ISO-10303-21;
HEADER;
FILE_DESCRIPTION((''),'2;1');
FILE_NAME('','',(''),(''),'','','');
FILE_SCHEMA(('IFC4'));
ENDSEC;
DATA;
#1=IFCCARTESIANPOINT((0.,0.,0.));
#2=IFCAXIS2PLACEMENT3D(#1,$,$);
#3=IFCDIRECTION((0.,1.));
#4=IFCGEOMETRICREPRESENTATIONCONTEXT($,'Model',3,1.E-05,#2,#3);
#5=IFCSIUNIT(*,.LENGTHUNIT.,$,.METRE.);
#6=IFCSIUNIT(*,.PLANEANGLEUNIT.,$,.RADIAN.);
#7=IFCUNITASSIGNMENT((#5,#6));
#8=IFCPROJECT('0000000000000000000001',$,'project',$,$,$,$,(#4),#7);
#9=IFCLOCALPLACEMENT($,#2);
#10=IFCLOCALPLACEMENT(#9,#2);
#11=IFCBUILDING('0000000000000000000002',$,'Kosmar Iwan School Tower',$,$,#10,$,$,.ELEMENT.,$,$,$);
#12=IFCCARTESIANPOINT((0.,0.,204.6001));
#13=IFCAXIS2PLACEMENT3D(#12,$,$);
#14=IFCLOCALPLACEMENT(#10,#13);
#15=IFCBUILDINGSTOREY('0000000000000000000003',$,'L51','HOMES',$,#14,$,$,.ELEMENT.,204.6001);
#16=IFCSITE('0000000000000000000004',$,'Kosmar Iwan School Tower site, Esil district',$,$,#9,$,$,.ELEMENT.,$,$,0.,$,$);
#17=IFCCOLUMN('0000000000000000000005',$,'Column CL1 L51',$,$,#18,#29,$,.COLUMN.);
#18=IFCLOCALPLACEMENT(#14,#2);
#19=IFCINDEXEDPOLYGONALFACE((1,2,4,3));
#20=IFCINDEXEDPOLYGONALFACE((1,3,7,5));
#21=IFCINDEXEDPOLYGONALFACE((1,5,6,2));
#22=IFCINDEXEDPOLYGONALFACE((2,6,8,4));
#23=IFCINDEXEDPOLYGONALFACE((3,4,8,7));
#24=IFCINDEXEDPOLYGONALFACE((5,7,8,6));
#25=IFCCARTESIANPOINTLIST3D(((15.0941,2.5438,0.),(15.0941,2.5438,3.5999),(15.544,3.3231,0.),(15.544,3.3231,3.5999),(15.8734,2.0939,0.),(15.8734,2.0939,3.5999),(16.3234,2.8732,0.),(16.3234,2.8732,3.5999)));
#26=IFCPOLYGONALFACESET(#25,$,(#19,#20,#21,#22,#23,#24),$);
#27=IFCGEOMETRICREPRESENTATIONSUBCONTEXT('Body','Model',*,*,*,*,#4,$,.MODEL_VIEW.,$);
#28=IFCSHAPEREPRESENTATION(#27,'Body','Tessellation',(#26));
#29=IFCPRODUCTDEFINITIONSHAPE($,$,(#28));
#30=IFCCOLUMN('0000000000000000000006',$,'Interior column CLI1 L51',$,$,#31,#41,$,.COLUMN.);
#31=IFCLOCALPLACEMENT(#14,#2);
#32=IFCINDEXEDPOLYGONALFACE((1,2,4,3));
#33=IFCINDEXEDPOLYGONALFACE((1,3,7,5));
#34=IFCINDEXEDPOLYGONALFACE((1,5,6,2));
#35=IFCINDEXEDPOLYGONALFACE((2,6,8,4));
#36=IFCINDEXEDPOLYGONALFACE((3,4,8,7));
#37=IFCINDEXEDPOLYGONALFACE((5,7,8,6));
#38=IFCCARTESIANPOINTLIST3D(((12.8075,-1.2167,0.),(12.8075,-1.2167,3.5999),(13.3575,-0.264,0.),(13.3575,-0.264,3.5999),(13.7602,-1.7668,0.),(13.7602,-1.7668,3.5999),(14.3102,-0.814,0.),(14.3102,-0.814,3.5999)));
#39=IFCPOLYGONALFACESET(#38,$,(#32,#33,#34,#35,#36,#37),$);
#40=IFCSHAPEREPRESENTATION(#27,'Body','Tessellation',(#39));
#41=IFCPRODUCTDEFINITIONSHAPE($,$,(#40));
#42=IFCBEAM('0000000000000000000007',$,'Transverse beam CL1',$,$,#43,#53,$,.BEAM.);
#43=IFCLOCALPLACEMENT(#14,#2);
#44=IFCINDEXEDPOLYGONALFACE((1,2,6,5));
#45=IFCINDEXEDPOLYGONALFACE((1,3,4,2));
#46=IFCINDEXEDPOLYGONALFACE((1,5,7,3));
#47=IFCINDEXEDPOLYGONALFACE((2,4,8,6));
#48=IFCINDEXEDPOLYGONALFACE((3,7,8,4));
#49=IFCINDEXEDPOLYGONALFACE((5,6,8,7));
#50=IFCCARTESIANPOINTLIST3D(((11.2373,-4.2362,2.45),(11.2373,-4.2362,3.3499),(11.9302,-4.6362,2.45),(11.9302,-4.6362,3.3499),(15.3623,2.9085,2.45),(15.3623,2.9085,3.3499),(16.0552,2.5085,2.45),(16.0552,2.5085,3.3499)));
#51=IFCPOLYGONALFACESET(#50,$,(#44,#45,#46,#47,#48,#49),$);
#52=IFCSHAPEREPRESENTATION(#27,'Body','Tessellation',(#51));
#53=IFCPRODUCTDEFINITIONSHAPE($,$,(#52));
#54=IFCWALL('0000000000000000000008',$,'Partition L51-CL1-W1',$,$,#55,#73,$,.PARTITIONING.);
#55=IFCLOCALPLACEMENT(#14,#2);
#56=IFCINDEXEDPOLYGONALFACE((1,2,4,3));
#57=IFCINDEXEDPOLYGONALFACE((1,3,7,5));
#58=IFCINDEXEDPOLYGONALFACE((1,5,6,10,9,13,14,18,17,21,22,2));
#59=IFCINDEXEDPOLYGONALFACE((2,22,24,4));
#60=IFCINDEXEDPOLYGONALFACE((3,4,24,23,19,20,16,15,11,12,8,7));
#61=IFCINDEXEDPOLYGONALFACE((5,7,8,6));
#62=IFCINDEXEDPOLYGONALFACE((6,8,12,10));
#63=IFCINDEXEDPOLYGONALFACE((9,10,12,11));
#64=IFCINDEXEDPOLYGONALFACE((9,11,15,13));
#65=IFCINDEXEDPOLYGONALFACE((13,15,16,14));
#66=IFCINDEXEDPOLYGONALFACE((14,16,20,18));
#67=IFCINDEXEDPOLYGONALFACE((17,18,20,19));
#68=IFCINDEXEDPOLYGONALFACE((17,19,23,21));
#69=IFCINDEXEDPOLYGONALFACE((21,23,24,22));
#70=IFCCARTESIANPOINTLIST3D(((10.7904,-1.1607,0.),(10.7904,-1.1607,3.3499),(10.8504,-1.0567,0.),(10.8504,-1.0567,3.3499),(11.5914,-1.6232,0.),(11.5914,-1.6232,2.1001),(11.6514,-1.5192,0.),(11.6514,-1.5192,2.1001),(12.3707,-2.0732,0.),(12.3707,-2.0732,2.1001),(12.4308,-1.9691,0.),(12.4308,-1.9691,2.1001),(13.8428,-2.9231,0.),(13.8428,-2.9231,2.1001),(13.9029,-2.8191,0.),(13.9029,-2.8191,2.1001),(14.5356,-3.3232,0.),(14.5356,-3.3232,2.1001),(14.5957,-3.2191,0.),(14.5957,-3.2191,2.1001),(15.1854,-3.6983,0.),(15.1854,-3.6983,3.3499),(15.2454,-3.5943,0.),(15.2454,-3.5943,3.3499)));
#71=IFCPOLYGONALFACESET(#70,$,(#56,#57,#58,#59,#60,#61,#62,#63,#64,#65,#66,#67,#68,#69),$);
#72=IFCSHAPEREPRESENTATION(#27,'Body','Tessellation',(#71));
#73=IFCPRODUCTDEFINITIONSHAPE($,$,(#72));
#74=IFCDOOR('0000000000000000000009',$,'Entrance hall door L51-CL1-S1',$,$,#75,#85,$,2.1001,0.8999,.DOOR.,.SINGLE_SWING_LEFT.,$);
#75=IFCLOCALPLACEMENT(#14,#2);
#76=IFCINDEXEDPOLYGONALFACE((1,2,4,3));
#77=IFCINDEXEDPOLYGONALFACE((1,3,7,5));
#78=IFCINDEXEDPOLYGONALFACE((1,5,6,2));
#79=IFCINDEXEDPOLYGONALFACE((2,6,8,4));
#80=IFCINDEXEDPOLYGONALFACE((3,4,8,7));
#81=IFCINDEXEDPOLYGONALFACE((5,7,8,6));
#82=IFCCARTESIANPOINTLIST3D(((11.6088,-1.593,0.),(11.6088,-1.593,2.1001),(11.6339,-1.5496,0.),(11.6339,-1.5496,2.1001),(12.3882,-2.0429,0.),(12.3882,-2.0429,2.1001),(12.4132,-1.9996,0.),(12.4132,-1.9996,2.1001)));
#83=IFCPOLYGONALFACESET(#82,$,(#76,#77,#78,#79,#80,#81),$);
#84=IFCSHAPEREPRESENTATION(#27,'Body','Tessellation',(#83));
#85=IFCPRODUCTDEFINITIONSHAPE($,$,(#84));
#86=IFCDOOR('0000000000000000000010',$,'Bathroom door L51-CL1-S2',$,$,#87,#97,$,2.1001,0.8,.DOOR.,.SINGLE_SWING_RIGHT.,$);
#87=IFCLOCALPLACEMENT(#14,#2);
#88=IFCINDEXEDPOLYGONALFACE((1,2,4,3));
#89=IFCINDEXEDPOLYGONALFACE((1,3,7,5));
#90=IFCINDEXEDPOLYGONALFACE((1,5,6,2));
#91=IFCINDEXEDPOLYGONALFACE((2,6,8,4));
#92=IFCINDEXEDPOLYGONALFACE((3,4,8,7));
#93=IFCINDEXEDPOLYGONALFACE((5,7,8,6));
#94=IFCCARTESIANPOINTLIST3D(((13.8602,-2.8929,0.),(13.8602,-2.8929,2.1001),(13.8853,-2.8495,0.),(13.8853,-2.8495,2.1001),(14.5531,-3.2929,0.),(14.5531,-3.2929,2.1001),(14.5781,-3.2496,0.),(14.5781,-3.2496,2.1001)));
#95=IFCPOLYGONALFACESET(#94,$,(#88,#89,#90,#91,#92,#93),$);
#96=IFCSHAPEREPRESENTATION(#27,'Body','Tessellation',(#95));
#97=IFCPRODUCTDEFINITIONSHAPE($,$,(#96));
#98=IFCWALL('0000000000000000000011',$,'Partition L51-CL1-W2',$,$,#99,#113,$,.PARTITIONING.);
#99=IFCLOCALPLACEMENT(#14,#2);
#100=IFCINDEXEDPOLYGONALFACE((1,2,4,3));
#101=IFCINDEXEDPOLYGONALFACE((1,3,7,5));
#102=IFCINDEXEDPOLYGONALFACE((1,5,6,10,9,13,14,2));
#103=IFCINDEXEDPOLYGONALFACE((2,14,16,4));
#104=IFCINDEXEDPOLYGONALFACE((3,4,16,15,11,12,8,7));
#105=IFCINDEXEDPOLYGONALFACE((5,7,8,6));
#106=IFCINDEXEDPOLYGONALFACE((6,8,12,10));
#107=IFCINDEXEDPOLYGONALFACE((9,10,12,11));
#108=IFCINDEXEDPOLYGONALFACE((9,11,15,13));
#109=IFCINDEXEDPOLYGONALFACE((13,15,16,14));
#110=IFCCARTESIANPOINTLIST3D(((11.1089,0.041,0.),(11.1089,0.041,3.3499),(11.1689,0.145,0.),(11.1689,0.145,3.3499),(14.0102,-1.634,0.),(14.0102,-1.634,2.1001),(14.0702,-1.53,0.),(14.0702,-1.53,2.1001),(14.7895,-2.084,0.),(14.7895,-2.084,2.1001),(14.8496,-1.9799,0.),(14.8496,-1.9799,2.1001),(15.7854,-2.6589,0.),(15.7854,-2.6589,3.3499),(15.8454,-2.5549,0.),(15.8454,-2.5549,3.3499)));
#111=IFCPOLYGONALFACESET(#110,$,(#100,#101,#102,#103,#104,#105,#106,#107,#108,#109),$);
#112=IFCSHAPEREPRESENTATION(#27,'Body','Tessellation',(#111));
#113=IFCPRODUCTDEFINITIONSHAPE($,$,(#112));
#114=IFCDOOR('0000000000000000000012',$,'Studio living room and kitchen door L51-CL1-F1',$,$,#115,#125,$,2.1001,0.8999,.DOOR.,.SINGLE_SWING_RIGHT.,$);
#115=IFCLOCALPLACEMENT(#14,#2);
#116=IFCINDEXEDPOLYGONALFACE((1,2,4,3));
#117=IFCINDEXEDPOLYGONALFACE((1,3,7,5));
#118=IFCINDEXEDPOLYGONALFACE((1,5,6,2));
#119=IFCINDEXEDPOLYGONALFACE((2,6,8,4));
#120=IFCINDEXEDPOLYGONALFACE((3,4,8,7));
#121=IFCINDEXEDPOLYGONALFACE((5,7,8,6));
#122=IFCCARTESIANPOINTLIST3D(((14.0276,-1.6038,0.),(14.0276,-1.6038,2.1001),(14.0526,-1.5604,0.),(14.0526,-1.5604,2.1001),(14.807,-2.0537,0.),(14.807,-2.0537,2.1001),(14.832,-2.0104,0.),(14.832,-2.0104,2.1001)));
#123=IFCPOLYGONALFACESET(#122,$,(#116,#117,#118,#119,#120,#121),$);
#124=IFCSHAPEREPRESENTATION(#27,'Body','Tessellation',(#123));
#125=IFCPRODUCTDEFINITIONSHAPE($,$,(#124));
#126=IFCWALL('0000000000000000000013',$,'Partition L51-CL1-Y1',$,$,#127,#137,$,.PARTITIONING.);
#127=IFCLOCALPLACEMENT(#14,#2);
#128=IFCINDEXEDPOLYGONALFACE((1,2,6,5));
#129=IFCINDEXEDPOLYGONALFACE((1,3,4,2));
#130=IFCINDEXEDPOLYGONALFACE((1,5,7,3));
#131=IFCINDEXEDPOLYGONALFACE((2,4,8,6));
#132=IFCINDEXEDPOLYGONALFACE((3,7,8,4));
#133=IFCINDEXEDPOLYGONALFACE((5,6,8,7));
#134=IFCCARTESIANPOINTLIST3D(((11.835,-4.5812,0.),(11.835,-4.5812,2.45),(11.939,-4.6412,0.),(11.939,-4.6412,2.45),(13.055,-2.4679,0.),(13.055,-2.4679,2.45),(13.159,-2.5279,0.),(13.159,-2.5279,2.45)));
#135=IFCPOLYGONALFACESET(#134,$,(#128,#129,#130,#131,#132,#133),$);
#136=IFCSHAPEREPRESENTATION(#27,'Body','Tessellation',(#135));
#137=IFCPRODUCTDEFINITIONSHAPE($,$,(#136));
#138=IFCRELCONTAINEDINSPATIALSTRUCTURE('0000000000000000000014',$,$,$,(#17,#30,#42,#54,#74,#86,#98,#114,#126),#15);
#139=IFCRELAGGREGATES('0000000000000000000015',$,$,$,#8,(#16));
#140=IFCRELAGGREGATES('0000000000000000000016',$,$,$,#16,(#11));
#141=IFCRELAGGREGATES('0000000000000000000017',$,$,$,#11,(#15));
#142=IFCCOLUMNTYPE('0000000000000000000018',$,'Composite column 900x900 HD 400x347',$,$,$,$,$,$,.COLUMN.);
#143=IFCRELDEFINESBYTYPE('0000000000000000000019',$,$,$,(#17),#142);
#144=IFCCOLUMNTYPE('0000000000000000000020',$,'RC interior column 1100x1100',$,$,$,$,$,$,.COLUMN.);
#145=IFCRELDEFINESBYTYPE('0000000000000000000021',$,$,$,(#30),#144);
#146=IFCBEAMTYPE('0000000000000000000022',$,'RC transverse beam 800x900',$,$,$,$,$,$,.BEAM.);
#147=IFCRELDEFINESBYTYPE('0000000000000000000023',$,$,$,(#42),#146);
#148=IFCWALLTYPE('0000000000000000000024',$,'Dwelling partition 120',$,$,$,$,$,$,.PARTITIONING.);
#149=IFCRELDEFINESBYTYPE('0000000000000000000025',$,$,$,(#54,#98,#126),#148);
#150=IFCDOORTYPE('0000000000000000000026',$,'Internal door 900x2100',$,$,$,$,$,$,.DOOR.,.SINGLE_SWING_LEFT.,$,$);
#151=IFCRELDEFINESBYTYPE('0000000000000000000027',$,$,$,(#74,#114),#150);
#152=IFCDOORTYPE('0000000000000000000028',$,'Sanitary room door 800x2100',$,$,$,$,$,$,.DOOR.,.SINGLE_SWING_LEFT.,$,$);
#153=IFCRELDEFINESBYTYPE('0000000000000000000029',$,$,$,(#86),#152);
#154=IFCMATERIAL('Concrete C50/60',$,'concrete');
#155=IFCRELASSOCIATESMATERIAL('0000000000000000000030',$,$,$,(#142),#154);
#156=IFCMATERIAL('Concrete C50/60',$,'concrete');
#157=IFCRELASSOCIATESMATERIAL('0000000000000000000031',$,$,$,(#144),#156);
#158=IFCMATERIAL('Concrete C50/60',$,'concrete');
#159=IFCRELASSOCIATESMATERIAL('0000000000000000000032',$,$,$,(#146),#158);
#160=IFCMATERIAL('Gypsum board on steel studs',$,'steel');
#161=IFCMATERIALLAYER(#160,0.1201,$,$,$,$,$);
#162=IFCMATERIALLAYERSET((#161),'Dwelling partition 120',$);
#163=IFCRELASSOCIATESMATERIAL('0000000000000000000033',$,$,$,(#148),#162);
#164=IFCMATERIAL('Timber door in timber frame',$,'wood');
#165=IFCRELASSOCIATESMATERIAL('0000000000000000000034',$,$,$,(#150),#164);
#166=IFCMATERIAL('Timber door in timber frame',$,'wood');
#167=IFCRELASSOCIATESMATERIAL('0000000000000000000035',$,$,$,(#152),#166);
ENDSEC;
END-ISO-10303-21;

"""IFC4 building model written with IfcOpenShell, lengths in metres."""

from ifc_helpers import new_model, si_unit, direction, frame, frame_2d, origin, origin_2d, place, context, subcontext, project, spatial, rectangle, extrude, material, layer, layer_set, material_profile, profile_set, type_object, element, fill, save


model = new_model("IFC4")

# Units and contexts
model_context = context("Model", 3, precision=1e-05, world=origin(), true_north=direction((0.0, 1.0)))
body_context = subcontext(model_context, "Body", "Model", "MODEL_VIEW")
ifc_project = project(units=[si_unit("LENGTHUNIT", "METRE"), si_unit("PLANEANGLEUNIT", "RADIAN")], contexts=[model_context])

# Site, building, storey
site_placement = place(None, origin())
site = spatial("IfcSite", under=ifc_project, at=site_placement, Name="Kosmar Iwan School Tower site, Esil district", CompositionType="ELEMENT", RefElevation=0.0)
building_placement = place(site_placement, origin())
building = spatial("IfcBuilding", under=site, at=building_placement, Name="Kosmar Iwan School Tower", CompositionType="ELEMENT")
storey_placement = place(building_placement, frame((0.0, 0.0, 204.6001)))
storey = spatial("IfcBuildingStorey", under=building, at=storey_placement, Name="L51", Description="HOMES", CompositionType="ELEMENT", Elevation=204.6001)

# Columns
ifc_material_1 = material(Name="Concrete C50/60", Category="concrete")
ifc_material_profile_1 = material_profile(ifc_material_1, rectangle(XDim=0.8999, YDim=0.8999, at=origin_2d()), Name="RC 900x900 + HD 400x347")
ifc_profile_set_1 = profile_set([ifc_material_profile_1], Name="Concrete C50/60")
column_type_1 = type_object("IfcColumnType", Name="Composite column 900x900 HD 400x347", PredefinedType="COLUMN", material=ifc_profile_set_1)
column_1_placement = place(storey_placement, frame((15.7087, 2.7085, 0.0), z_axis=(0.0, 0.0, 1.0), x_axis=(0.866025, -0.5, 0.0)))
element("IfcColumn", 1, at=column_1_placement, inside=storey, type_object=column_type_1, Name="Column CL1 L51", PredefinedType="COLUMN", context=body_context, shape_type="SweptSolid", body=[
    extrude(rectangle(XDim=0.8999, YDim=0.8999, at=origin_2d()), origin(), (0.0, 0.0, 1.0), 3.5999),
])
ifc_material_2 = material(Name="Concrete C50/60", Category="concrete")
ifc_material_profile_2 = material_profile(ifc_material_2, rectangle(XDim=1.1001, YDim=1.1001, at=origin_2d()), Name="RC 1100x1100")
ifc_profile_set_2 = profile_set([ifc_material_profile_2], Name="Concrete C50/60")
column_type_2 = type_object("IfcColumnType", Name="RC interior column 1100x1100", PredefinedType="COLUMN", material=ifc_profile_set_2)
column_2_placement = place(storey_placement, frame((13.5588, -1.0154, 0.0), z_axis=(0.0, 0.0, 1.0), x_axis=(0.866025, -0.5, 0.0)))
element("IfcColumn", 2, at=column_2_placement, inside=storey, type_object=column_type_2, Name="Interior column CLI1 L51", PredefinedType="COLUMN", context=body_context, shape_type="SweptSolid", body=[
    extrude(rectangle(XDim=1.1001, YDim=1.1001, at=origin_2d()), origin(), (0.0, 0.0, 1.0), 3.5999),
])

# Beam
ifc_material_3 = material(Name="Concrete C50/60", Category="concrete")
ifc_material_profile_3 = material_profile(ifc_material_3, rectangle(XDim=0.8, YDim=0.8999, at=origin_2d()), Name="RC 800x900")
ifc_profile_set_3 = profile_set([ifc_material_profile_3], Name="Concrete C50/60")
beam_type = type_object("IfcBeamType", Name="RC transverse beam 800x900", PredefinedType="BEAM", material=ifc_profile_set_3)
beam_placement = place(storey_placement, frame((15.7087, 2.7085, 2.8999), z_axis=(-0.499997, -0.866027, 0.0), x_axis=(0.866027, -0.499997, 0.0)))
element("IfcBeam", 3, at=beam_placement, inside=storey, type_object=beam_type, Name="Transverse beam CL1", PredefinedType="BEAM", context=body_context, shape_type="SweptSolid", body=[
    extrude(rectangle(XDim=0.8, YDim=0.8999, at=origin_2d()), origin(), (0.0, 0.0, 1.0), 8.25),
])

# Wall, openings, doors
ifc_material_4 = material(Name="Gypsum board on steel studs", Category="steel")
ifc_layer_1 = layer(ifc_material_4, 0.1201)
ifc_layer_set_1 = layer_set([ifc_layer_1], Name="Dwelling partition 120")
wall_type_1 = type_object("IfcWallType", Name="Dwelling partition 120", PredefinedType="PARTITIONING", material=ifc_layer_set_1)
wall_1_placement = place(storey_placement, frame((10.8203, -1.1086, 0.0), z_axis=(0.0, 0.0, 1.0), x_axis=(0.866014, -0.500019, 0.0)))
wall_1 = element("IfcWall", 4, at=wall_1_placement, inside=storey, type_object=wall_type_1, Name="Partition L51-CL1-W1", PredefinedType="PARTITIONING", context=body_context, shape_type="SweptSolid", body=[
    extrude(rectangle(XDim=5.075, YDim=0.1201, at=frame_2d((2.5376, 0.0))), origin(), (0.0, 0.0, 1.0), 3.3499),
])
opening_1_placement = place(wall_1_placement, frame((0.925, 0.0, 0.0)))
opening_1 = element("IfcOpeningElement", 5, at=opening_1_placement, cuts=wall_1, PredefinedType="OPENING", context=body_context, shape_type="SweptSolid", body=[
    extrude(rectangle(XDim=0.8999, YDim=2.1001, at=frame_2d((0.45, 1.05))), frame((0.0, 0.072, 0.0), z_axis=(0.0, -1.0, 0.0), x_axis=(1.0, 0.0, 0.0)), (0.0, 0.0, 1.0), 0.144),
])
opening_2_placement = place(wall_1_placement, frame((3.5249, 0.0, 0.0)))
opening_2 = element("IfcOpeningElement", 6, at=opening_2_placement, cuts=wall_1, PredefinedType="OPENING", context=body_context, shape_type="SweptSolid", body=[
    extrude(rectangle(XDim=0.8, YDim=2.1001, at=frame_2d((0.3999, 1.05))), frame((0.0, 0.072, 0.0), z_axis=(0.0, -1.0, 0.0), x_axis=(1.0, 0.0, 0.0)), (0.0, 0.0, 1.0), 0.144),
])
ifc_material_5 = material(Name="Timber door in timber frame", Category="wood")
door_type_1 = type_object("IfcDoorType", Name="Internal door 900x2100", OperationType="SINGLE_SWING_LEFT", PredefinedType="DOOR", material=ifc_material_5)
door_1_placement = place(opening_1_placement, origin())
door_1 = element("IfcDoor", 7, at=door_1_placement, inside=storey, type_object=door_type_1, Name="Entrance hall door L51-CL1-S1", OperationType="SINGLE_SWING_LEFT", OverallHeight=2.1001, OverallWidth=0.8999, PredefinedType="DOOR", context=body_context, shape_type="SweptSolid", body=[
    extrude(rectangle(XDim=0.8999, YDim=2.1001, at=frame_2d((0.45, 1.05))), frame((0.0, 0.0249, 0.0), z_axis=(0.0, -1.0, 0.0), x_axis=(1.0, 0.0, 0.0)), (0.0, 0.0, 1.0), 0.05),
])
fill(opening_1, door_1)
ifc_material_6 = material(Name="Timber door in timber frame", Category="wood")
door_type_2 = type_object("IfcDoorType", Name="Sanitary room door 800x2100", OperationType="SINGLE_SWING_LEFT", PredefinedType="DOOR", material=ifc_material_6)
door_2_placement = place(opening_2_placement, origin())
door_2 = element("IfcDoor", 8, at=door_2_placement, inside=storey, type_object=door_type_2, Name="Bathroom door L51-CL1-S2", OperationType="SINGLE_SWING_RIGHT", OverallHeight=2.1001, OverallWidth=0.8, PredefinedType="DOOR", context=body_context, shape_type="SweptSolid", body=[
    extrude(rectangle(XDim=0.8, YDim=2.1001, at=frame_2d((0.3999, 1.05))), frame((0.0, 0.0249, 0.0), z_axis=(0.0, -1.0, 0.0), x_axis=(1.0, 0.0, 0.0)), (0.0, 0.0, 1.0), 0.05),
])
fill(opening_2, door_2)

# Wall, opening, door
wall_2_placement = place(storey_placement, frame((11.1389, 0.093, 0.0), z_axis=(0.0, 0.0, 1.0), x_axis=(0.866028, -0.499995, 0.0)))
wall_2 = element("IfcWall", 9, at=wall_2_placement, inside=storey, type_object=wall_type_1, Name="Partition L51-CL1-W2", PredefinedType="PARTITIONING", context=body_context, shape_type="SweptSolid", body=[
    extrude(rectangle(XDim=5.3999, YDim=0.1201, at=frame_2d((2.7, 0.0))), origin(), (0.0, 0.0, 1.0), 3.3499),
])
opening_3_placement = place(wall_2_placement, frame((3.3501, 0.0, 0.0)))
opening_3 = element("IfcOpeningElement", 10, at=opening_3_placement, cuts=wall_2, PredefinedType="OPENING", context=body_context, shape_type="SweptSolid", body=[
    extrude(rectangle(XDim=0.8999, YDim=2.1001, at=frame_2d((0.45, 1.05))), frame((0.0, 0.072, 0.0), z_axis=(0.0, -1.0, 0.0), x_axis=(1.0, 0.0, 0.0)), (0.0, 0.0, 1.0), 0.144),
])
door_3_placement = place(opening_3_placement, origin())
door_3 = element("IfcDoor", 11, at=door_3_placement, inside=storey, type_object=door_type_1, Name="Studio living room and kitchen door L51-CL1-F1", OperationType="SINGLE_SWING_RIGHT", OverallHeight=2.1001, OverallWidth=0.8999, PredefinedType="DOOR", context=body_context, shape_type="SweptSolid", body=[
    extrude(rectangle(XDim=0.8999, YDim=2.1001, at=frame_2d((0.45, 1.05))), frame((0.0, 0.0249, 0.0), z_axis=(0.0, -1.0, 0.0), x_axis=(1.0, 0.0, 0.0)), (0.0, 0.0, 1.0), 0.05),
])
fill(opening_3, door_3)

# Wall
wall_3_placement = place(storey_placement, frame((11.887, -4.6113, 0.0), z_axis=(0.0, 0.0, 1.0), x_axis=(0.499959, 0.866049, 0.0)))
element("IfcWall", 12, at=wall_3_placement, inside=storey, type_object=wall_type_1, Name="Partition L51-CL1-Y1", PredefinedType="PARTITIONING", context=body_context, shape_type="SweptSolid", body=[
    extrude(rectangle(XDim=2.4402, YDim=0.1201, at=frame_2d((1.2202, 0.0))), origin(), (0.0, 0.0, 1.0), 2.45),
])

save(model, "model.ifc")
